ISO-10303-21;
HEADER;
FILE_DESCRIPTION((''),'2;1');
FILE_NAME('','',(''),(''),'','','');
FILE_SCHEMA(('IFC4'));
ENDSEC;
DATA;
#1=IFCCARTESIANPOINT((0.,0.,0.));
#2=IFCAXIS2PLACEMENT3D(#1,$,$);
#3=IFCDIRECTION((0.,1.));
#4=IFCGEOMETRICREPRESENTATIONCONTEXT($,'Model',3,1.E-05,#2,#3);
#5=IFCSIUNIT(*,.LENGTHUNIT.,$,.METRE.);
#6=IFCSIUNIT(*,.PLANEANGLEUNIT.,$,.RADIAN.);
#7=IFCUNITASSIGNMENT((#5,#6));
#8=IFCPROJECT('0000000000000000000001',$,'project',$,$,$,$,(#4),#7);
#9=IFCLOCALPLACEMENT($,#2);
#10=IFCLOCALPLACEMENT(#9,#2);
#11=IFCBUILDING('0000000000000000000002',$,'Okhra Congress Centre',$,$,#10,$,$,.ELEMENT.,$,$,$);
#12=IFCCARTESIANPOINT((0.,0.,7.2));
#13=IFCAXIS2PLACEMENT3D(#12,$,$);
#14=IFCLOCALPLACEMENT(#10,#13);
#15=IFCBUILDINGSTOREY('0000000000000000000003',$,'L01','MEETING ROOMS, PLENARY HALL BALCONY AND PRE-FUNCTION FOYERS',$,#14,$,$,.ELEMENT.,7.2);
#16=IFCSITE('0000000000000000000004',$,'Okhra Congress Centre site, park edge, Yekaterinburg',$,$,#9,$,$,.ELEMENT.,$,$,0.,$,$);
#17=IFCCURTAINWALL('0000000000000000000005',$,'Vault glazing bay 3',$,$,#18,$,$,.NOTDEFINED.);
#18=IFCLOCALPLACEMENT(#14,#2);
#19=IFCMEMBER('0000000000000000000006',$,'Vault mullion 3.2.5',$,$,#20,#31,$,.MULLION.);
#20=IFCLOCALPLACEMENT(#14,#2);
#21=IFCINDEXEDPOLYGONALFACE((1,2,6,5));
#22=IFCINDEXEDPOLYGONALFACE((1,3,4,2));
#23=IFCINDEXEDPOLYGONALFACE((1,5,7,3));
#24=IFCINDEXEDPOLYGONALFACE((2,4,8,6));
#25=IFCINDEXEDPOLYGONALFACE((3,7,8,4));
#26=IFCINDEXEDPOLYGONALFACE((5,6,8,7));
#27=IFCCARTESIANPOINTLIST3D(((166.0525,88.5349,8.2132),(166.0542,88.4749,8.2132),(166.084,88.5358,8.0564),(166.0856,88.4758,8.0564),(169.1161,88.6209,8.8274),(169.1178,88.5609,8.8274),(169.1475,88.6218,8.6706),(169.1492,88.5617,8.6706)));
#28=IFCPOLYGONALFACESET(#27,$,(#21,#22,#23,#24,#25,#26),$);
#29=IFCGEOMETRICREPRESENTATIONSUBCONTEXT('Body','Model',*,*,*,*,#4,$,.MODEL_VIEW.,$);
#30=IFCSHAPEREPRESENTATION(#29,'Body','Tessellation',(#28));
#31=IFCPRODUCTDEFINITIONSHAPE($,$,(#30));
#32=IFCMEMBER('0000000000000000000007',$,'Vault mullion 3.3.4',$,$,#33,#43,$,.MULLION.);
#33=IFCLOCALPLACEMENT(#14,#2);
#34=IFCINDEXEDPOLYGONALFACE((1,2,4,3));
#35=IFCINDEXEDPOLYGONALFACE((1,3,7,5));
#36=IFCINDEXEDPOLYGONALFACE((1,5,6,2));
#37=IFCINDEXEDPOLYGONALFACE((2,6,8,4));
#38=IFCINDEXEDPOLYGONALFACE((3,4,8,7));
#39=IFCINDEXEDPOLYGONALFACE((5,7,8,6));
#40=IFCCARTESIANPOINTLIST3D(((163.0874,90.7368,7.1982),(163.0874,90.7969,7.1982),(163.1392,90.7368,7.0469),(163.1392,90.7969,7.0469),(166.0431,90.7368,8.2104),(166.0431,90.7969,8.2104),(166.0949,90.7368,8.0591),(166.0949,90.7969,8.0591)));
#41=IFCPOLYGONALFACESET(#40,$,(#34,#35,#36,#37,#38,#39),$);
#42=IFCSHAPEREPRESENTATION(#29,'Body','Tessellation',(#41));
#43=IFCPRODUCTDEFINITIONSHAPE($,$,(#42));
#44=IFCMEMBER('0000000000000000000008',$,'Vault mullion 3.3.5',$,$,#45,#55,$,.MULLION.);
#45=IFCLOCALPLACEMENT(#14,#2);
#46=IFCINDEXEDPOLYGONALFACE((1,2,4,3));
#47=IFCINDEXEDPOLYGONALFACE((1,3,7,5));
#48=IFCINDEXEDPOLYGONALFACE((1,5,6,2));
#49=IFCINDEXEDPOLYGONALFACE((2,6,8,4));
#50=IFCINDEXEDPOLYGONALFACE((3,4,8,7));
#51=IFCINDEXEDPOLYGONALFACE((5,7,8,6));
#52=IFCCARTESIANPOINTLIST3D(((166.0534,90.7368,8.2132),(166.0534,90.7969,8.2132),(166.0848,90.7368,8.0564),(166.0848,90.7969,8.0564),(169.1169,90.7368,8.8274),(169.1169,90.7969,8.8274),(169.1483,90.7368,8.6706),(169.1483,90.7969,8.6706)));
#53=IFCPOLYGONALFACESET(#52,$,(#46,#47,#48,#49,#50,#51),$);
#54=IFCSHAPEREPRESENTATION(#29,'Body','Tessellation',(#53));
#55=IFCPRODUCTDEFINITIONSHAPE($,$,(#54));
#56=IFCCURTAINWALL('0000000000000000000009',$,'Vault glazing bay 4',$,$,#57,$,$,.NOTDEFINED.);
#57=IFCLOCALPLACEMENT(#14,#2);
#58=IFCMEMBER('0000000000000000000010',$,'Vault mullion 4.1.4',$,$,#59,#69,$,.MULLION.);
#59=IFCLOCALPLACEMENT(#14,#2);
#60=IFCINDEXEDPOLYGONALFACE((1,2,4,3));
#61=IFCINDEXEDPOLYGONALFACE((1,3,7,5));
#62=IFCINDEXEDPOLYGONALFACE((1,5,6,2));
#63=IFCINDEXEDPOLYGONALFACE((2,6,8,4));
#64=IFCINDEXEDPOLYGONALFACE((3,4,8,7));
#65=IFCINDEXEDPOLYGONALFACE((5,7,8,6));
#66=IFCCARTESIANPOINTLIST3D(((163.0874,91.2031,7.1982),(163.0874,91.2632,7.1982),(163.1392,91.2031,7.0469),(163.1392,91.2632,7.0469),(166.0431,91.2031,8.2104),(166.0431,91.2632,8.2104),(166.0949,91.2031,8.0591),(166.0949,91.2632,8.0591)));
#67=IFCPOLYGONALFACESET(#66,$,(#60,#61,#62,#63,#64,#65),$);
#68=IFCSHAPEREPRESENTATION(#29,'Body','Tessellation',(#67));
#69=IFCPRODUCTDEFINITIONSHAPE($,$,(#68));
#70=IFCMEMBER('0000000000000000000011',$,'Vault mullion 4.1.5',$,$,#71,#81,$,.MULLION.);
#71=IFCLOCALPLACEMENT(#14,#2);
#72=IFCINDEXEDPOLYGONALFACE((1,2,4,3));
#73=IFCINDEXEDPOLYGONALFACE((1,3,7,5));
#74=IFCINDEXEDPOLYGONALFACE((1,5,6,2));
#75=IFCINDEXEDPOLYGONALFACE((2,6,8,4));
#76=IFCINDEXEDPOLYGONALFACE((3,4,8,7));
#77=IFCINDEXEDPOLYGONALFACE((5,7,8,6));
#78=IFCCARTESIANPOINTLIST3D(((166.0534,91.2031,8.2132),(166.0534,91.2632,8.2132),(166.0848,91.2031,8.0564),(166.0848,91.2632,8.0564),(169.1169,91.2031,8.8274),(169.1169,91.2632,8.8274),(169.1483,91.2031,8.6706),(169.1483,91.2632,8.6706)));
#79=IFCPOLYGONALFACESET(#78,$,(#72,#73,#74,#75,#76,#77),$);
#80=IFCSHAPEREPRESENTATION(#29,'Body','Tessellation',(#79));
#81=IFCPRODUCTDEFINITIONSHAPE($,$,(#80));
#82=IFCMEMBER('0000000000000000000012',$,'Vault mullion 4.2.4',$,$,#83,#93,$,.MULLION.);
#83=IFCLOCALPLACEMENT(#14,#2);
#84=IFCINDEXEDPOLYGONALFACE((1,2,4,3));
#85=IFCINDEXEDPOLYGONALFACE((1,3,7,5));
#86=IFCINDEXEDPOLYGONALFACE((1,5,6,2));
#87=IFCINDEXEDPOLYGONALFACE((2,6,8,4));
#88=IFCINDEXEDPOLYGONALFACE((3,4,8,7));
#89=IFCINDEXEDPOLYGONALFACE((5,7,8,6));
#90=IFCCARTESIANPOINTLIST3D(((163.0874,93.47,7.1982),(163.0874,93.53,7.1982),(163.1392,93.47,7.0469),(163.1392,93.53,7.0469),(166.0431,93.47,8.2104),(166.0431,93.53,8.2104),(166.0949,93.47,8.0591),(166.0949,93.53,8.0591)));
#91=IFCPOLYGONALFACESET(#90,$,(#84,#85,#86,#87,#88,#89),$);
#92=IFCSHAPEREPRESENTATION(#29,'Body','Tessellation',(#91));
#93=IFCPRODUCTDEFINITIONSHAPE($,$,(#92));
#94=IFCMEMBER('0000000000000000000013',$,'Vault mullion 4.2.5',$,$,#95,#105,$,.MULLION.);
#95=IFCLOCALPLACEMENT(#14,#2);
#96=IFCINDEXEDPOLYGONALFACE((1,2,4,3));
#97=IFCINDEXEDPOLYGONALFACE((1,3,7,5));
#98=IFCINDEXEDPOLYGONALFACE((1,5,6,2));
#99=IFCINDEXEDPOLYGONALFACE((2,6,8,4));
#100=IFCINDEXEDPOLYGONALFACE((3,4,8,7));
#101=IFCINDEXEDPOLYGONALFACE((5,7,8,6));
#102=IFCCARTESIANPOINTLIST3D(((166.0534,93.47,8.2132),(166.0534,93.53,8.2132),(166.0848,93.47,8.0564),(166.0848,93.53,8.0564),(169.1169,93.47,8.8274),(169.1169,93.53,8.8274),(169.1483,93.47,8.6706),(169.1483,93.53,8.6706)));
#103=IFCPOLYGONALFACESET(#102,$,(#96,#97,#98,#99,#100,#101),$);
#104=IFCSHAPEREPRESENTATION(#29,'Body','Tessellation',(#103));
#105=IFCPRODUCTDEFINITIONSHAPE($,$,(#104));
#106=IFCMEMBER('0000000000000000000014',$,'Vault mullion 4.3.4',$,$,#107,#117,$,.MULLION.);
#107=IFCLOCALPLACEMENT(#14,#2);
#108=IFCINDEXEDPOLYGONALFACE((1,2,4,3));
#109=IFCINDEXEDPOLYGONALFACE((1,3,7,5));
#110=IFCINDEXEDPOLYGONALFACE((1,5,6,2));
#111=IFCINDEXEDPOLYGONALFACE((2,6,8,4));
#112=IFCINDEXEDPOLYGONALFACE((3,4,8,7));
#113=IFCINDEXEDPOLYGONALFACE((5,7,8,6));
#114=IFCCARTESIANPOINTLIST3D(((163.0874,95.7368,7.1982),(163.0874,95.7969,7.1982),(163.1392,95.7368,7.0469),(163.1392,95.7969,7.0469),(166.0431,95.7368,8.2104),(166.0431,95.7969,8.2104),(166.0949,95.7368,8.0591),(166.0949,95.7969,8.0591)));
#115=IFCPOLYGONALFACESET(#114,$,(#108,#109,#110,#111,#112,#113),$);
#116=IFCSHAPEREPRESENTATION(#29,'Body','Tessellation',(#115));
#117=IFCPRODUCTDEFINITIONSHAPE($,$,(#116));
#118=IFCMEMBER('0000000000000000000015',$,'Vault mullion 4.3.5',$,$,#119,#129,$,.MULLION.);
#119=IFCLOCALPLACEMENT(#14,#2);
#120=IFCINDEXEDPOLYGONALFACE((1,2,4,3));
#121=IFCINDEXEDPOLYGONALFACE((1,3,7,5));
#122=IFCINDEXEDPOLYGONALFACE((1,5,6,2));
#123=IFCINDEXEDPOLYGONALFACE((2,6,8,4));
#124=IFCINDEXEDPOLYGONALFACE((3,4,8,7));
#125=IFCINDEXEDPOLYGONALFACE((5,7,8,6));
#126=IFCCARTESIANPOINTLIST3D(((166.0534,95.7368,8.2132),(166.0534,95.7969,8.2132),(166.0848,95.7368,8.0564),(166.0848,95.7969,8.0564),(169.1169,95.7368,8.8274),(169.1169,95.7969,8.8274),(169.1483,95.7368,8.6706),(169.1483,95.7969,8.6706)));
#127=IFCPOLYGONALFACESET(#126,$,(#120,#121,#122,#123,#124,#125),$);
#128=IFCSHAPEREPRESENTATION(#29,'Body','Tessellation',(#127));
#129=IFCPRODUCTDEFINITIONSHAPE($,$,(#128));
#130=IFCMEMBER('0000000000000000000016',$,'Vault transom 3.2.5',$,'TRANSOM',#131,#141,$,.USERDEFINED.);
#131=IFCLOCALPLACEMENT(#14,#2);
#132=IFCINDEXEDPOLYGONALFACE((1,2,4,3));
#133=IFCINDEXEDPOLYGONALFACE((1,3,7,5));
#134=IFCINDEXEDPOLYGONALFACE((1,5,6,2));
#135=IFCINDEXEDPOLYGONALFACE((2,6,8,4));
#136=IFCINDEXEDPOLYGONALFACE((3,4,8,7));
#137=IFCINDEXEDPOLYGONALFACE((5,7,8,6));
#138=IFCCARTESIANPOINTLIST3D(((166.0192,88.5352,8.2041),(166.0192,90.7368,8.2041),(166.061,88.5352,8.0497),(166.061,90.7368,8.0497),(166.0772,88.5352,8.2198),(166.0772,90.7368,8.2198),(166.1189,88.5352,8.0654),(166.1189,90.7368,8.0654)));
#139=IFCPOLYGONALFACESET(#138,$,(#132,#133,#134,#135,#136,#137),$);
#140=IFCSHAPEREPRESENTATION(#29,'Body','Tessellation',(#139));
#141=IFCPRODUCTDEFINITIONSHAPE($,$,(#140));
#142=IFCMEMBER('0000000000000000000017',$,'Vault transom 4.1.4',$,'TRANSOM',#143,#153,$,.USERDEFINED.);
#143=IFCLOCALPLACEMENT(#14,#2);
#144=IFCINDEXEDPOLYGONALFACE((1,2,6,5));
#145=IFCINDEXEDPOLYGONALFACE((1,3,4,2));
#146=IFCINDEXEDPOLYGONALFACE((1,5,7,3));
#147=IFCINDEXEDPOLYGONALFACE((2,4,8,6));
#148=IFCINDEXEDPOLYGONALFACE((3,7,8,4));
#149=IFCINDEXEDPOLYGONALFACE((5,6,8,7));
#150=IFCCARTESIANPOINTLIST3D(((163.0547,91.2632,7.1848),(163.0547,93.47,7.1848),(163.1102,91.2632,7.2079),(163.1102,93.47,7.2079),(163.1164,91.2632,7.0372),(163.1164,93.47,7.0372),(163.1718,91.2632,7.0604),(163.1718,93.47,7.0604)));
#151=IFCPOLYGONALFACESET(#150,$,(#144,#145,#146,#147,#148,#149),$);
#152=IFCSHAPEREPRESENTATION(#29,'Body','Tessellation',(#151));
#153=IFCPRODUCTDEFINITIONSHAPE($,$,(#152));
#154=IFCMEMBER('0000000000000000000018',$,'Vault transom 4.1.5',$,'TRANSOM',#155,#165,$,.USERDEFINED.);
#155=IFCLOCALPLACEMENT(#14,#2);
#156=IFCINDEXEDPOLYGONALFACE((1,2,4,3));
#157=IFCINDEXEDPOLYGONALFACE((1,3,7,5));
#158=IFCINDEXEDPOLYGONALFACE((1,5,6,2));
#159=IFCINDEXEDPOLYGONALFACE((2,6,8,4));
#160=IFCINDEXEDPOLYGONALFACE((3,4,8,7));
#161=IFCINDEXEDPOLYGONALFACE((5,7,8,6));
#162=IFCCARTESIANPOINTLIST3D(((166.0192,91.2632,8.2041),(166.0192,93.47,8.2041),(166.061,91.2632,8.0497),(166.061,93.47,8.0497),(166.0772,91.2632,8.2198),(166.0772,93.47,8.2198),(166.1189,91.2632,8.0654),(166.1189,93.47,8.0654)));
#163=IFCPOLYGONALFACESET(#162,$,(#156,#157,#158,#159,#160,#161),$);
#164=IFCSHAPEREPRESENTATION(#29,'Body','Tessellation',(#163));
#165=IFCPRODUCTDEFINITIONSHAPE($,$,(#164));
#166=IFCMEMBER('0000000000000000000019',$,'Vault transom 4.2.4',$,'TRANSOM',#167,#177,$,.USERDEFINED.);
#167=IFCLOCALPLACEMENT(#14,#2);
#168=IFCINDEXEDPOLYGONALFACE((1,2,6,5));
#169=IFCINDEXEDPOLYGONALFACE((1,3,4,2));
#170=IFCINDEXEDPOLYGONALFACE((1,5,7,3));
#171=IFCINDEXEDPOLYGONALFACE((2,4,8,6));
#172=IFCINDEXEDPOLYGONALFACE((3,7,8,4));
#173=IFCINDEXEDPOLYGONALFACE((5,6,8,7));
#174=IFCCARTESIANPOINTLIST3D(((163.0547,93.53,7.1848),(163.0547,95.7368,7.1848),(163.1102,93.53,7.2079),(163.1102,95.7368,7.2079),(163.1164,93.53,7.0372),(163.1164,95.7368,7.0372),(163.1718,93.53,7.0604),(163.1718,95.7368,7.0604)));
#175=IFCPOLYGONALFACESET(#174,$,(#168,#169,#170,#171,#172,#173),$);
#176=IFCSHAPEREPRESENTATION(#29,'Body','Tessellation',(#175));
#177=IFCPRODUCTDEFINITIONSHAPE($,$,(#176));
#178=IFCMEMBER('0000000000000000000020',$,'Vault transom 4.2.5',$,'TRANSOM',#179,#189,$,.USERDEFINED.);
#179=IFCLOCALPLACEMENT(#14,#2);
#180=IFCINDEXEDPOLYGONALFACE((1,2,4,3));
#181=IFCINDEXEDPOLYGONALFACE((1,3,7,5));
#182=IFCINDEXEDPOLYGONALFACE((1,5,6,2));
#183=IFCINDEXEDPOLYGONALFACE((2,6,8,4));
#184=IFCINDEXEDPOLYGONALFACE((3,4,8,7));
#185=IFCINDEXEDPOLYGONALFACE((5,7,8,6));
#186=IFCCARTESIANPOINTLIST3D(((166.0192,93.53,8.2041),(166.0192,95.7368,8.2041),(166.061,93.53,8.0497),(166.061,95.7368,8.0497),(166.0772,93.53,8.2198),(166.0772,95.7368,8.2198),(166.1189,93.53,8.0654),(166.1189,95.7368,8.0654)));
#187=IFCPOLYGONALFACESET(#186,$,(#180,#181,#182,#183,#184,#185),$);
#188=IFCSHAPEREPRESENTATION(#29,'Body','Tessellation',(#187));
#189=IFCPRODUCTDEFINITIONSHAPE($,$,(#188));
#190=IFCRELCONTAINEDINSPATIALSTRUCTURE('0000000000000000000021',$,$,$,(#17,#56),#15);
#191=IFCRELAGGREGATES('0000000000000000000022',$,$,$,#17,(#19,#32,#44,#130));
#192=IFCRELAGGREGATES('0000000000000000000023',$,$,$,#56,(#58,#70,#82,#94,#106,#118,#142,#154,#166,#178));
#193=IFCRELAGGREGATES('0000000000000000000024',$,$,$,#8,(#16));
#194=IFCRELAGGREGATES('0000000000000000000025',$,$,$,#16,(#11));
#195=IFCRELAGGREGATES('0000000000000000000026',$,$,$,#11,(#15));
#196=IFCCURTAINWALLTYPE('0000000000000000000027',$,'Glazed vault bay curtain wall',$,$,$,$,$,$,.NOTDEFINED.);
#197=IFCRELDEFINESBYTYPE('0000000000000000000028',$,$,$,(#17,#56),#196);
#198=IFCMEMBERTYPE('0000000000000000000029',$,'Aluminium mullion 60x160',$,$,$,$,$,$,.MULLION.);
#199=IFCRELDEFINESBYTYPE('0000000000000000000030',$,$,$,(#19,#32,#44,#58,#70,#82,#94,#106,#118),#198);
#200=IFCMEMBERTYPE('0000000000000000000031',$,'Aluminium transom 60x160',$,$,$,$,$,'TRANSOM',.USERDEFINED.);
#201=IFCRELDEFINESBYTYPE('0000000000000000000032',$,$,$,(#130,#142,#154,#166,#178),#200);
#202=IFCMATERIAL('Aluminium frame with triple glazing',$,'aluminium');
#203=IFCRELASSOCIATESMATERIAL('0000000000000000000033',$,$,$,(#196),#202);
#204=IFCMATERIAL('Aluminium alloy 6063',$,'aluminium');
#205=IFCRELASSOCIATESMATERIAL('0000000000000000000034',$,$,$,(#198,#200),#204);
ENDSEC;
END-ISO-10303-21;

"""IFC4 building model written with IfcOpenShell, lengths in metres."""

from ifc_helpers import new_model, si_unit, direction, frame, origin, origin_2d, place, context, subcontext, project, spatial, rectangle, extrude, material, material_profile, profile_set, type_object, element, aggregate, save


model = new_model("IFC4")

# Units and contexts
model_context = context("Model", 3, precision=1e-05, world=origin(), true_north=direction((0.0, 1.0)))
body_context = subcontext(model_context, "Body", "Model", "MODEL_VIEW")
ifc_project = project(units=[si_unit("LENGTHUNIT", "METRE"), si_unit("PLANEANGLEUNIT", "RADIAN")], contexts=[model_context])

# Site, building, storey
site_placement = place(None, origin())
site = spatial("IfcSite", under=ifc_project, at=site_placement, Name="Okhra Congress Centre site, park edge, Yekaterinburg", CompositionType="ELEMENT", RefElevation=0.0)
building_placement = place(site_placement, origin())
building = spatial("IfcBuilding", under=site, at=building_placement, Name="Okhra Congress Centre", CompositionType="ELEMENT")
storey_placement = place(building_placement, frame((0.0, 0.0, 7.2)))
storey = spatial("IfcBuildingStorey", under=building, at=storey_placement, Name="L01", Description="MEETING ROOMS, PLENARY HALL BALCONY AND PRE-FUNCTION FOYERS", CompositionType="ELEMENT", Elevation=7.2)

# Curtain walls, members
ifc_material_1 = material(Name="Aluminium frame with triple glazing", Category="aluminium")
curtain_wall_type = type_object("IfcCurtainWallType", Name="Glazed vault bay curtain wall", PredefinedType="NOTDEFINED", material=ifc_material_1)
curtain_wall_1_placement = place(storey_placement, origin())
curtain_wall_1 = element("IfcCurtainWall", 1, at=curtain_wall_1_placement, inside=storey, type_object=curtain_wall_type, Name="Vault glazing bay 3", PredefinedType="NOTDEFINED")
ifc_material_2 = material(Name="Aluminium alloy 6063", Category="aluminium")
ifc_material_profile_1 = material_profile(ifc_material_2, rectangle(XDim=0.0601, YDim=0.1599, at=origin_2d()), Name="AL 60x160")
ifc_profile_set_1 = profile_set([ifc_material_profile_1], Name="Aluminium alloy 6063")
member_type_1 = type_object("IfcMemberType", Name="Aluminium mullion 60x160", PredefinedType="MULLION", material=ifc_profile_set_1)
member_1_placement = place(storey_placement, frame((166.0691, 88.5054, 8.1348), z_axis=(0.980114, 0.027494, 0.196523), x_axis=(-0.028041, 0.999607, 0.0)))
member_1 = element("IfcMember", 2, at=member_1_placement, type_object=member_type_1, Name="Vault mullion 3.2.5", PredefinedType="MULLION", context=body_context, shape_type="SweptSolid", body=[
    extrude(rectangle(XDim=0.0601, YDim=0.1599, at=origin_2d()), origin(), (0.0, 0.0, 1.0), 3.1257),
])
member_2_placement = place(storey_placement, frame((163.1133, 90.7668, 7.1226), z_axis=(0.946065, 0.0, 0.323977), x_axis=(0.0, 1.0, 0.0)))
member_2 = element("IfcMember", 3, at=member_2_placement, type_object=member_type_1, Name="Vault mullion 3.3.4", PredefinedType="MULLION", context=body_context, shape_type="SweptSolid", body=[
    extrude(rectangle(XDim=0.0601, YDim=0.1599, at=origin_2d()), origin(), (0.0, 0.0, 1.0), 3.1243),
])
member_3_placement = place(storey_placement, frame((166.0691, 90.7668, 8.1348), z_axis=(0.980484, 0.0, 0.196597), x_axis=(0.0, 1.0, 0.0)))
member_3 = element("IfcMember", 4, at=member_3_placement, type_object=member_type_1, Name="Vault mullion 3.3.5", PredefinedType="MULLION", context=body_context, shape_type="SweptSolid", body=[
    extrude(rectangle(XDim=0.0601, YDim=0.1599, at=origin_2d()), origin(), (0.0, 0.0, 1.0), 3.1245),
])
curtain_wall_2_placement = place(storey_placement, origin())
curtain_wall_2 = element("IfcCurtainWall", 5, at=curtain_wall_2_placement, inside=storey, type_object=curtain_wall_type, Name="Vault glazing bay 4", PredefinedType="NOTDEFINED")
member_4_placement = place(storey_placement, frame((163.1133, 91.2332, 7.1226), z_axis=(0.946065, 0.0, 0.323977), x_axis=(0.0, 1.0, 0.0)))
member_4 = element("IfcMember", 6, at=member_4_placement, type_object=member_type_1, Name="Vault mullion 4.1.4", PredefinedType="MULLION", context=body_context, shape_type="SweptSolid", body=[
    extrude(rectangle(XDim=0.0601, YDim=0.1599, at=origin_2d()), origin(), (0.0, 0.0, 1.0), 3.1243),
])
member_5_placement = place(storey_placement, frame((166.0691, 91.2332, 8.1348), z_axis=(0.980484, 0.0, 0.196597), x_axis=(0.0, 1.0, 0.0)))
member_5 = element("IfcMember", 7, at=member_5_placement, type_object=member_type_1, Name="Vault mullion 4.1.5", PredefinedType="MULLION", context=body_context, shape_type="SweptSolid", body=[
    extrude(rectangle(XDim=0.0601, YDim=0.1599, at=origin_2d()), origin(), (0.0, 0.0, 1.0), 3.1245),
])
member_6_placement = place(storey_placement, frame((163.1133, 93.5, 7.1226), z_axis=(0.946065, 0.0, 0.323977), x_axis=(0.0, 1.0, 0.0)))
member_6 = element("IfcMember", 8, at=member_6_placement, type_object=member_type_1, Name="Vault mullion 4.2.4", PredefinedType="MULLION", context=body_context, shape_type="SweptSolid", body=[
    extrude(rectangle(XDim=0.0601, YDim=0.1599, at=origin_2d()), origin(), (0.0, 0.0, 1.0), 3.1243),
])
member_7_placement = place(storey_placement, frame((166.0691, 93.5, 8.1348), z_axis=(0.980484, 0.0, 0.196597), x_axis=(0.0, 1.0, 0.0)))
member_7 = element("IfcMember", 9, at=member_7_placement, type_object=member_type_1, Name="Vault mullion 4.2.5", PredefinedType="MULLION", context=body_context, shape_type="SweptSolid", body=[
    extrude(rectangle(XDim=0.0601, YDim=0.1599, at=origin_2d()), origin(), (0.0, 0.0, 1.0), 3.1245),
])
member_8_placement = place(storey_placement, frame((163.1133, 95.7668, 7.1226), z_axis=(0.946065, 0.0, 0.323977), x_axis=(0.0, 1.0, 0.0)))
member_8 = element("IfcMember", 10, at=member_8_placement, type_object=member_type_1, Name="Vault mullion 4.3.4", PredefinedType="MULLION", context=body_context, shape_type="SweptSolid", body=[
    extrude(rectangle(XDim=0.0601, YDim=0.1599, at=origin_2d()), origin(), (0.0, 0.0, 1.0), 3.1243),
])
member_9_placement = place(storey_placement, frame((166.0691, 95.7668, 8.1348), z_axis=(0.980484, 0.0, 0.196597), x_axis=(0.0, 1.0, 0.0)))
member_9 = element("IfcMember", 11, at=member_9_placement, type_object=member_type_1, Name="Vault mullion 4.3.5", PredefinedType="MULLION", context=body_context, shape_type="SweptSolid", body=[
    extrude(rectangle(XDim=0.0601, YDim=0.1599, at=origin_2d()), origin(), (0.0, 0.0, 1.0), 3.1245),
])

# Members
ifc_material_profile_2 = material_profile(ifc_material_2, rectangle(XDim=0.0601, YDim=0.1599, at=origin_2d()), Name="AL 60x160 transom")
ifc_profile_set_2 = profile_set([ifc_material_profile_2], Name="Aluminium alloy 6063")
member_type_2 = type_object("IfcMemberType", Name="Aluminium transom 60x160", ElementType="TRANSOM", PredefinedType="USERDEFINED", material=ifc_profile_set_2)
member_10_placement = place(storey_placement, frame((166.0691, 88.5352, 8.1348), z_axis=(0.0, 1.0, 0.0), x_axis=(-0.96538, 0.0, -0.260848)))
member_10 = element("IfcMember", 12, at=member_10_placement, type_object=member_type_2, Name="Vault transom 3.2.5", ObjectType="TRANSOM", PredefinedType="USERDEFINED", context=body_context, shape_type="SweptSolid", body=[
    extrude(rectangle(XDim=0.0601, YDim=0.1599, at=origin_2d()), origin(), (0.0, 0.0, 1.0), 2.2017),
])
member_11_placement = place(storey_placement, frame((163.1133, 91.2632, 7.1226), z_axis=(0.0, 1.0, 0.0), x_axis=(-0.922669, 0.0, -0.385593)))
member_11 = element("IfcMember", 13, at=member_11_placement, type_object=member_type_2, Name="Vault transom 4.1.4", ObjectType="TRANSOM", PredefinedType="USERDEFINED", context=body_context, shape_type="SweptSolid", body=[
    extrude(rectangle(XDim=0.0601, YDim=0.1599, at=origin_2d()), origin(), (0.0, 0.0, 1.0), 2.2068),
])
member_12_placement = place(storey_placement, frame((166.0691, 91.2632, 8.1348), z_axis=(0.0, 1.0, 0.0), x_axis=(-0.96538, 0.0, -0.260848)))
member_12 = element("IfcMember", 14, at=member_12_placement, type_object=member_type_2, Name="Vault transom 4.1.5", ObjectType="TRANSOM", PredefinedType="USERDEFINED", context=body_context, shape_type="SweptSolid", body=[
    extrude(rectangle(XDim=0.0601, YDim=0.1599, at=origin_2d()), origin(), (0.0, 0.0, 1.0), 2.2068),
])
member_13_placement = place(storey_placement, frame((163.1133, 93.53, 7.1226), z_axis=(0.0, 1.0, 0.0), x_axis=(-0.922669, 0.0, -0.385593)))
member_13 = element("IfcMember", 15, at=member_13_placement, type_object=member_type_2, Name="Vault transom 4.2.4", ObjectType="TRANSOM", PredefinedType="USERDEFINED", context=body_context, shape_type="SweptSolid", body=[
    extrude(rectangle(XDim=0.0601, YDim=0.1599, at=origin_2d()), origin(), (0.0, 0.0, 1.0), 2.2068),
])
member_14_placement = place(storey_placement, frame((166.0691, 93.53, 8.1348), z_axis=(0.0, 1.0, 0.0), x_axis=(-0.96538, 0.0, -0.260848)))
member_14 = element("IfcMember", 16, at=member_14_placement, type_object=member_type_2, Name="Vault transom 4.2.5", ObjectType="TRANSOM", PredefinedType="USERDEFINED", context=body_context, shape_type="SweptSolid", body=[
    extrude(rectangle(XDim=0.0601, YDim=0.1599, at=origin_2d()), origin(), (0.0, 0.0, 1.0), 2.2068),
])

aggregate(curtain_wall_1, [member_1, member_2, member_3, member_10])
aggregate(curtain_wall_2, [member_4, member_5, member_6, member_7, member_8, member_9, member_11, member_12, member_13, member_14])

save(model, "model.ifc")
